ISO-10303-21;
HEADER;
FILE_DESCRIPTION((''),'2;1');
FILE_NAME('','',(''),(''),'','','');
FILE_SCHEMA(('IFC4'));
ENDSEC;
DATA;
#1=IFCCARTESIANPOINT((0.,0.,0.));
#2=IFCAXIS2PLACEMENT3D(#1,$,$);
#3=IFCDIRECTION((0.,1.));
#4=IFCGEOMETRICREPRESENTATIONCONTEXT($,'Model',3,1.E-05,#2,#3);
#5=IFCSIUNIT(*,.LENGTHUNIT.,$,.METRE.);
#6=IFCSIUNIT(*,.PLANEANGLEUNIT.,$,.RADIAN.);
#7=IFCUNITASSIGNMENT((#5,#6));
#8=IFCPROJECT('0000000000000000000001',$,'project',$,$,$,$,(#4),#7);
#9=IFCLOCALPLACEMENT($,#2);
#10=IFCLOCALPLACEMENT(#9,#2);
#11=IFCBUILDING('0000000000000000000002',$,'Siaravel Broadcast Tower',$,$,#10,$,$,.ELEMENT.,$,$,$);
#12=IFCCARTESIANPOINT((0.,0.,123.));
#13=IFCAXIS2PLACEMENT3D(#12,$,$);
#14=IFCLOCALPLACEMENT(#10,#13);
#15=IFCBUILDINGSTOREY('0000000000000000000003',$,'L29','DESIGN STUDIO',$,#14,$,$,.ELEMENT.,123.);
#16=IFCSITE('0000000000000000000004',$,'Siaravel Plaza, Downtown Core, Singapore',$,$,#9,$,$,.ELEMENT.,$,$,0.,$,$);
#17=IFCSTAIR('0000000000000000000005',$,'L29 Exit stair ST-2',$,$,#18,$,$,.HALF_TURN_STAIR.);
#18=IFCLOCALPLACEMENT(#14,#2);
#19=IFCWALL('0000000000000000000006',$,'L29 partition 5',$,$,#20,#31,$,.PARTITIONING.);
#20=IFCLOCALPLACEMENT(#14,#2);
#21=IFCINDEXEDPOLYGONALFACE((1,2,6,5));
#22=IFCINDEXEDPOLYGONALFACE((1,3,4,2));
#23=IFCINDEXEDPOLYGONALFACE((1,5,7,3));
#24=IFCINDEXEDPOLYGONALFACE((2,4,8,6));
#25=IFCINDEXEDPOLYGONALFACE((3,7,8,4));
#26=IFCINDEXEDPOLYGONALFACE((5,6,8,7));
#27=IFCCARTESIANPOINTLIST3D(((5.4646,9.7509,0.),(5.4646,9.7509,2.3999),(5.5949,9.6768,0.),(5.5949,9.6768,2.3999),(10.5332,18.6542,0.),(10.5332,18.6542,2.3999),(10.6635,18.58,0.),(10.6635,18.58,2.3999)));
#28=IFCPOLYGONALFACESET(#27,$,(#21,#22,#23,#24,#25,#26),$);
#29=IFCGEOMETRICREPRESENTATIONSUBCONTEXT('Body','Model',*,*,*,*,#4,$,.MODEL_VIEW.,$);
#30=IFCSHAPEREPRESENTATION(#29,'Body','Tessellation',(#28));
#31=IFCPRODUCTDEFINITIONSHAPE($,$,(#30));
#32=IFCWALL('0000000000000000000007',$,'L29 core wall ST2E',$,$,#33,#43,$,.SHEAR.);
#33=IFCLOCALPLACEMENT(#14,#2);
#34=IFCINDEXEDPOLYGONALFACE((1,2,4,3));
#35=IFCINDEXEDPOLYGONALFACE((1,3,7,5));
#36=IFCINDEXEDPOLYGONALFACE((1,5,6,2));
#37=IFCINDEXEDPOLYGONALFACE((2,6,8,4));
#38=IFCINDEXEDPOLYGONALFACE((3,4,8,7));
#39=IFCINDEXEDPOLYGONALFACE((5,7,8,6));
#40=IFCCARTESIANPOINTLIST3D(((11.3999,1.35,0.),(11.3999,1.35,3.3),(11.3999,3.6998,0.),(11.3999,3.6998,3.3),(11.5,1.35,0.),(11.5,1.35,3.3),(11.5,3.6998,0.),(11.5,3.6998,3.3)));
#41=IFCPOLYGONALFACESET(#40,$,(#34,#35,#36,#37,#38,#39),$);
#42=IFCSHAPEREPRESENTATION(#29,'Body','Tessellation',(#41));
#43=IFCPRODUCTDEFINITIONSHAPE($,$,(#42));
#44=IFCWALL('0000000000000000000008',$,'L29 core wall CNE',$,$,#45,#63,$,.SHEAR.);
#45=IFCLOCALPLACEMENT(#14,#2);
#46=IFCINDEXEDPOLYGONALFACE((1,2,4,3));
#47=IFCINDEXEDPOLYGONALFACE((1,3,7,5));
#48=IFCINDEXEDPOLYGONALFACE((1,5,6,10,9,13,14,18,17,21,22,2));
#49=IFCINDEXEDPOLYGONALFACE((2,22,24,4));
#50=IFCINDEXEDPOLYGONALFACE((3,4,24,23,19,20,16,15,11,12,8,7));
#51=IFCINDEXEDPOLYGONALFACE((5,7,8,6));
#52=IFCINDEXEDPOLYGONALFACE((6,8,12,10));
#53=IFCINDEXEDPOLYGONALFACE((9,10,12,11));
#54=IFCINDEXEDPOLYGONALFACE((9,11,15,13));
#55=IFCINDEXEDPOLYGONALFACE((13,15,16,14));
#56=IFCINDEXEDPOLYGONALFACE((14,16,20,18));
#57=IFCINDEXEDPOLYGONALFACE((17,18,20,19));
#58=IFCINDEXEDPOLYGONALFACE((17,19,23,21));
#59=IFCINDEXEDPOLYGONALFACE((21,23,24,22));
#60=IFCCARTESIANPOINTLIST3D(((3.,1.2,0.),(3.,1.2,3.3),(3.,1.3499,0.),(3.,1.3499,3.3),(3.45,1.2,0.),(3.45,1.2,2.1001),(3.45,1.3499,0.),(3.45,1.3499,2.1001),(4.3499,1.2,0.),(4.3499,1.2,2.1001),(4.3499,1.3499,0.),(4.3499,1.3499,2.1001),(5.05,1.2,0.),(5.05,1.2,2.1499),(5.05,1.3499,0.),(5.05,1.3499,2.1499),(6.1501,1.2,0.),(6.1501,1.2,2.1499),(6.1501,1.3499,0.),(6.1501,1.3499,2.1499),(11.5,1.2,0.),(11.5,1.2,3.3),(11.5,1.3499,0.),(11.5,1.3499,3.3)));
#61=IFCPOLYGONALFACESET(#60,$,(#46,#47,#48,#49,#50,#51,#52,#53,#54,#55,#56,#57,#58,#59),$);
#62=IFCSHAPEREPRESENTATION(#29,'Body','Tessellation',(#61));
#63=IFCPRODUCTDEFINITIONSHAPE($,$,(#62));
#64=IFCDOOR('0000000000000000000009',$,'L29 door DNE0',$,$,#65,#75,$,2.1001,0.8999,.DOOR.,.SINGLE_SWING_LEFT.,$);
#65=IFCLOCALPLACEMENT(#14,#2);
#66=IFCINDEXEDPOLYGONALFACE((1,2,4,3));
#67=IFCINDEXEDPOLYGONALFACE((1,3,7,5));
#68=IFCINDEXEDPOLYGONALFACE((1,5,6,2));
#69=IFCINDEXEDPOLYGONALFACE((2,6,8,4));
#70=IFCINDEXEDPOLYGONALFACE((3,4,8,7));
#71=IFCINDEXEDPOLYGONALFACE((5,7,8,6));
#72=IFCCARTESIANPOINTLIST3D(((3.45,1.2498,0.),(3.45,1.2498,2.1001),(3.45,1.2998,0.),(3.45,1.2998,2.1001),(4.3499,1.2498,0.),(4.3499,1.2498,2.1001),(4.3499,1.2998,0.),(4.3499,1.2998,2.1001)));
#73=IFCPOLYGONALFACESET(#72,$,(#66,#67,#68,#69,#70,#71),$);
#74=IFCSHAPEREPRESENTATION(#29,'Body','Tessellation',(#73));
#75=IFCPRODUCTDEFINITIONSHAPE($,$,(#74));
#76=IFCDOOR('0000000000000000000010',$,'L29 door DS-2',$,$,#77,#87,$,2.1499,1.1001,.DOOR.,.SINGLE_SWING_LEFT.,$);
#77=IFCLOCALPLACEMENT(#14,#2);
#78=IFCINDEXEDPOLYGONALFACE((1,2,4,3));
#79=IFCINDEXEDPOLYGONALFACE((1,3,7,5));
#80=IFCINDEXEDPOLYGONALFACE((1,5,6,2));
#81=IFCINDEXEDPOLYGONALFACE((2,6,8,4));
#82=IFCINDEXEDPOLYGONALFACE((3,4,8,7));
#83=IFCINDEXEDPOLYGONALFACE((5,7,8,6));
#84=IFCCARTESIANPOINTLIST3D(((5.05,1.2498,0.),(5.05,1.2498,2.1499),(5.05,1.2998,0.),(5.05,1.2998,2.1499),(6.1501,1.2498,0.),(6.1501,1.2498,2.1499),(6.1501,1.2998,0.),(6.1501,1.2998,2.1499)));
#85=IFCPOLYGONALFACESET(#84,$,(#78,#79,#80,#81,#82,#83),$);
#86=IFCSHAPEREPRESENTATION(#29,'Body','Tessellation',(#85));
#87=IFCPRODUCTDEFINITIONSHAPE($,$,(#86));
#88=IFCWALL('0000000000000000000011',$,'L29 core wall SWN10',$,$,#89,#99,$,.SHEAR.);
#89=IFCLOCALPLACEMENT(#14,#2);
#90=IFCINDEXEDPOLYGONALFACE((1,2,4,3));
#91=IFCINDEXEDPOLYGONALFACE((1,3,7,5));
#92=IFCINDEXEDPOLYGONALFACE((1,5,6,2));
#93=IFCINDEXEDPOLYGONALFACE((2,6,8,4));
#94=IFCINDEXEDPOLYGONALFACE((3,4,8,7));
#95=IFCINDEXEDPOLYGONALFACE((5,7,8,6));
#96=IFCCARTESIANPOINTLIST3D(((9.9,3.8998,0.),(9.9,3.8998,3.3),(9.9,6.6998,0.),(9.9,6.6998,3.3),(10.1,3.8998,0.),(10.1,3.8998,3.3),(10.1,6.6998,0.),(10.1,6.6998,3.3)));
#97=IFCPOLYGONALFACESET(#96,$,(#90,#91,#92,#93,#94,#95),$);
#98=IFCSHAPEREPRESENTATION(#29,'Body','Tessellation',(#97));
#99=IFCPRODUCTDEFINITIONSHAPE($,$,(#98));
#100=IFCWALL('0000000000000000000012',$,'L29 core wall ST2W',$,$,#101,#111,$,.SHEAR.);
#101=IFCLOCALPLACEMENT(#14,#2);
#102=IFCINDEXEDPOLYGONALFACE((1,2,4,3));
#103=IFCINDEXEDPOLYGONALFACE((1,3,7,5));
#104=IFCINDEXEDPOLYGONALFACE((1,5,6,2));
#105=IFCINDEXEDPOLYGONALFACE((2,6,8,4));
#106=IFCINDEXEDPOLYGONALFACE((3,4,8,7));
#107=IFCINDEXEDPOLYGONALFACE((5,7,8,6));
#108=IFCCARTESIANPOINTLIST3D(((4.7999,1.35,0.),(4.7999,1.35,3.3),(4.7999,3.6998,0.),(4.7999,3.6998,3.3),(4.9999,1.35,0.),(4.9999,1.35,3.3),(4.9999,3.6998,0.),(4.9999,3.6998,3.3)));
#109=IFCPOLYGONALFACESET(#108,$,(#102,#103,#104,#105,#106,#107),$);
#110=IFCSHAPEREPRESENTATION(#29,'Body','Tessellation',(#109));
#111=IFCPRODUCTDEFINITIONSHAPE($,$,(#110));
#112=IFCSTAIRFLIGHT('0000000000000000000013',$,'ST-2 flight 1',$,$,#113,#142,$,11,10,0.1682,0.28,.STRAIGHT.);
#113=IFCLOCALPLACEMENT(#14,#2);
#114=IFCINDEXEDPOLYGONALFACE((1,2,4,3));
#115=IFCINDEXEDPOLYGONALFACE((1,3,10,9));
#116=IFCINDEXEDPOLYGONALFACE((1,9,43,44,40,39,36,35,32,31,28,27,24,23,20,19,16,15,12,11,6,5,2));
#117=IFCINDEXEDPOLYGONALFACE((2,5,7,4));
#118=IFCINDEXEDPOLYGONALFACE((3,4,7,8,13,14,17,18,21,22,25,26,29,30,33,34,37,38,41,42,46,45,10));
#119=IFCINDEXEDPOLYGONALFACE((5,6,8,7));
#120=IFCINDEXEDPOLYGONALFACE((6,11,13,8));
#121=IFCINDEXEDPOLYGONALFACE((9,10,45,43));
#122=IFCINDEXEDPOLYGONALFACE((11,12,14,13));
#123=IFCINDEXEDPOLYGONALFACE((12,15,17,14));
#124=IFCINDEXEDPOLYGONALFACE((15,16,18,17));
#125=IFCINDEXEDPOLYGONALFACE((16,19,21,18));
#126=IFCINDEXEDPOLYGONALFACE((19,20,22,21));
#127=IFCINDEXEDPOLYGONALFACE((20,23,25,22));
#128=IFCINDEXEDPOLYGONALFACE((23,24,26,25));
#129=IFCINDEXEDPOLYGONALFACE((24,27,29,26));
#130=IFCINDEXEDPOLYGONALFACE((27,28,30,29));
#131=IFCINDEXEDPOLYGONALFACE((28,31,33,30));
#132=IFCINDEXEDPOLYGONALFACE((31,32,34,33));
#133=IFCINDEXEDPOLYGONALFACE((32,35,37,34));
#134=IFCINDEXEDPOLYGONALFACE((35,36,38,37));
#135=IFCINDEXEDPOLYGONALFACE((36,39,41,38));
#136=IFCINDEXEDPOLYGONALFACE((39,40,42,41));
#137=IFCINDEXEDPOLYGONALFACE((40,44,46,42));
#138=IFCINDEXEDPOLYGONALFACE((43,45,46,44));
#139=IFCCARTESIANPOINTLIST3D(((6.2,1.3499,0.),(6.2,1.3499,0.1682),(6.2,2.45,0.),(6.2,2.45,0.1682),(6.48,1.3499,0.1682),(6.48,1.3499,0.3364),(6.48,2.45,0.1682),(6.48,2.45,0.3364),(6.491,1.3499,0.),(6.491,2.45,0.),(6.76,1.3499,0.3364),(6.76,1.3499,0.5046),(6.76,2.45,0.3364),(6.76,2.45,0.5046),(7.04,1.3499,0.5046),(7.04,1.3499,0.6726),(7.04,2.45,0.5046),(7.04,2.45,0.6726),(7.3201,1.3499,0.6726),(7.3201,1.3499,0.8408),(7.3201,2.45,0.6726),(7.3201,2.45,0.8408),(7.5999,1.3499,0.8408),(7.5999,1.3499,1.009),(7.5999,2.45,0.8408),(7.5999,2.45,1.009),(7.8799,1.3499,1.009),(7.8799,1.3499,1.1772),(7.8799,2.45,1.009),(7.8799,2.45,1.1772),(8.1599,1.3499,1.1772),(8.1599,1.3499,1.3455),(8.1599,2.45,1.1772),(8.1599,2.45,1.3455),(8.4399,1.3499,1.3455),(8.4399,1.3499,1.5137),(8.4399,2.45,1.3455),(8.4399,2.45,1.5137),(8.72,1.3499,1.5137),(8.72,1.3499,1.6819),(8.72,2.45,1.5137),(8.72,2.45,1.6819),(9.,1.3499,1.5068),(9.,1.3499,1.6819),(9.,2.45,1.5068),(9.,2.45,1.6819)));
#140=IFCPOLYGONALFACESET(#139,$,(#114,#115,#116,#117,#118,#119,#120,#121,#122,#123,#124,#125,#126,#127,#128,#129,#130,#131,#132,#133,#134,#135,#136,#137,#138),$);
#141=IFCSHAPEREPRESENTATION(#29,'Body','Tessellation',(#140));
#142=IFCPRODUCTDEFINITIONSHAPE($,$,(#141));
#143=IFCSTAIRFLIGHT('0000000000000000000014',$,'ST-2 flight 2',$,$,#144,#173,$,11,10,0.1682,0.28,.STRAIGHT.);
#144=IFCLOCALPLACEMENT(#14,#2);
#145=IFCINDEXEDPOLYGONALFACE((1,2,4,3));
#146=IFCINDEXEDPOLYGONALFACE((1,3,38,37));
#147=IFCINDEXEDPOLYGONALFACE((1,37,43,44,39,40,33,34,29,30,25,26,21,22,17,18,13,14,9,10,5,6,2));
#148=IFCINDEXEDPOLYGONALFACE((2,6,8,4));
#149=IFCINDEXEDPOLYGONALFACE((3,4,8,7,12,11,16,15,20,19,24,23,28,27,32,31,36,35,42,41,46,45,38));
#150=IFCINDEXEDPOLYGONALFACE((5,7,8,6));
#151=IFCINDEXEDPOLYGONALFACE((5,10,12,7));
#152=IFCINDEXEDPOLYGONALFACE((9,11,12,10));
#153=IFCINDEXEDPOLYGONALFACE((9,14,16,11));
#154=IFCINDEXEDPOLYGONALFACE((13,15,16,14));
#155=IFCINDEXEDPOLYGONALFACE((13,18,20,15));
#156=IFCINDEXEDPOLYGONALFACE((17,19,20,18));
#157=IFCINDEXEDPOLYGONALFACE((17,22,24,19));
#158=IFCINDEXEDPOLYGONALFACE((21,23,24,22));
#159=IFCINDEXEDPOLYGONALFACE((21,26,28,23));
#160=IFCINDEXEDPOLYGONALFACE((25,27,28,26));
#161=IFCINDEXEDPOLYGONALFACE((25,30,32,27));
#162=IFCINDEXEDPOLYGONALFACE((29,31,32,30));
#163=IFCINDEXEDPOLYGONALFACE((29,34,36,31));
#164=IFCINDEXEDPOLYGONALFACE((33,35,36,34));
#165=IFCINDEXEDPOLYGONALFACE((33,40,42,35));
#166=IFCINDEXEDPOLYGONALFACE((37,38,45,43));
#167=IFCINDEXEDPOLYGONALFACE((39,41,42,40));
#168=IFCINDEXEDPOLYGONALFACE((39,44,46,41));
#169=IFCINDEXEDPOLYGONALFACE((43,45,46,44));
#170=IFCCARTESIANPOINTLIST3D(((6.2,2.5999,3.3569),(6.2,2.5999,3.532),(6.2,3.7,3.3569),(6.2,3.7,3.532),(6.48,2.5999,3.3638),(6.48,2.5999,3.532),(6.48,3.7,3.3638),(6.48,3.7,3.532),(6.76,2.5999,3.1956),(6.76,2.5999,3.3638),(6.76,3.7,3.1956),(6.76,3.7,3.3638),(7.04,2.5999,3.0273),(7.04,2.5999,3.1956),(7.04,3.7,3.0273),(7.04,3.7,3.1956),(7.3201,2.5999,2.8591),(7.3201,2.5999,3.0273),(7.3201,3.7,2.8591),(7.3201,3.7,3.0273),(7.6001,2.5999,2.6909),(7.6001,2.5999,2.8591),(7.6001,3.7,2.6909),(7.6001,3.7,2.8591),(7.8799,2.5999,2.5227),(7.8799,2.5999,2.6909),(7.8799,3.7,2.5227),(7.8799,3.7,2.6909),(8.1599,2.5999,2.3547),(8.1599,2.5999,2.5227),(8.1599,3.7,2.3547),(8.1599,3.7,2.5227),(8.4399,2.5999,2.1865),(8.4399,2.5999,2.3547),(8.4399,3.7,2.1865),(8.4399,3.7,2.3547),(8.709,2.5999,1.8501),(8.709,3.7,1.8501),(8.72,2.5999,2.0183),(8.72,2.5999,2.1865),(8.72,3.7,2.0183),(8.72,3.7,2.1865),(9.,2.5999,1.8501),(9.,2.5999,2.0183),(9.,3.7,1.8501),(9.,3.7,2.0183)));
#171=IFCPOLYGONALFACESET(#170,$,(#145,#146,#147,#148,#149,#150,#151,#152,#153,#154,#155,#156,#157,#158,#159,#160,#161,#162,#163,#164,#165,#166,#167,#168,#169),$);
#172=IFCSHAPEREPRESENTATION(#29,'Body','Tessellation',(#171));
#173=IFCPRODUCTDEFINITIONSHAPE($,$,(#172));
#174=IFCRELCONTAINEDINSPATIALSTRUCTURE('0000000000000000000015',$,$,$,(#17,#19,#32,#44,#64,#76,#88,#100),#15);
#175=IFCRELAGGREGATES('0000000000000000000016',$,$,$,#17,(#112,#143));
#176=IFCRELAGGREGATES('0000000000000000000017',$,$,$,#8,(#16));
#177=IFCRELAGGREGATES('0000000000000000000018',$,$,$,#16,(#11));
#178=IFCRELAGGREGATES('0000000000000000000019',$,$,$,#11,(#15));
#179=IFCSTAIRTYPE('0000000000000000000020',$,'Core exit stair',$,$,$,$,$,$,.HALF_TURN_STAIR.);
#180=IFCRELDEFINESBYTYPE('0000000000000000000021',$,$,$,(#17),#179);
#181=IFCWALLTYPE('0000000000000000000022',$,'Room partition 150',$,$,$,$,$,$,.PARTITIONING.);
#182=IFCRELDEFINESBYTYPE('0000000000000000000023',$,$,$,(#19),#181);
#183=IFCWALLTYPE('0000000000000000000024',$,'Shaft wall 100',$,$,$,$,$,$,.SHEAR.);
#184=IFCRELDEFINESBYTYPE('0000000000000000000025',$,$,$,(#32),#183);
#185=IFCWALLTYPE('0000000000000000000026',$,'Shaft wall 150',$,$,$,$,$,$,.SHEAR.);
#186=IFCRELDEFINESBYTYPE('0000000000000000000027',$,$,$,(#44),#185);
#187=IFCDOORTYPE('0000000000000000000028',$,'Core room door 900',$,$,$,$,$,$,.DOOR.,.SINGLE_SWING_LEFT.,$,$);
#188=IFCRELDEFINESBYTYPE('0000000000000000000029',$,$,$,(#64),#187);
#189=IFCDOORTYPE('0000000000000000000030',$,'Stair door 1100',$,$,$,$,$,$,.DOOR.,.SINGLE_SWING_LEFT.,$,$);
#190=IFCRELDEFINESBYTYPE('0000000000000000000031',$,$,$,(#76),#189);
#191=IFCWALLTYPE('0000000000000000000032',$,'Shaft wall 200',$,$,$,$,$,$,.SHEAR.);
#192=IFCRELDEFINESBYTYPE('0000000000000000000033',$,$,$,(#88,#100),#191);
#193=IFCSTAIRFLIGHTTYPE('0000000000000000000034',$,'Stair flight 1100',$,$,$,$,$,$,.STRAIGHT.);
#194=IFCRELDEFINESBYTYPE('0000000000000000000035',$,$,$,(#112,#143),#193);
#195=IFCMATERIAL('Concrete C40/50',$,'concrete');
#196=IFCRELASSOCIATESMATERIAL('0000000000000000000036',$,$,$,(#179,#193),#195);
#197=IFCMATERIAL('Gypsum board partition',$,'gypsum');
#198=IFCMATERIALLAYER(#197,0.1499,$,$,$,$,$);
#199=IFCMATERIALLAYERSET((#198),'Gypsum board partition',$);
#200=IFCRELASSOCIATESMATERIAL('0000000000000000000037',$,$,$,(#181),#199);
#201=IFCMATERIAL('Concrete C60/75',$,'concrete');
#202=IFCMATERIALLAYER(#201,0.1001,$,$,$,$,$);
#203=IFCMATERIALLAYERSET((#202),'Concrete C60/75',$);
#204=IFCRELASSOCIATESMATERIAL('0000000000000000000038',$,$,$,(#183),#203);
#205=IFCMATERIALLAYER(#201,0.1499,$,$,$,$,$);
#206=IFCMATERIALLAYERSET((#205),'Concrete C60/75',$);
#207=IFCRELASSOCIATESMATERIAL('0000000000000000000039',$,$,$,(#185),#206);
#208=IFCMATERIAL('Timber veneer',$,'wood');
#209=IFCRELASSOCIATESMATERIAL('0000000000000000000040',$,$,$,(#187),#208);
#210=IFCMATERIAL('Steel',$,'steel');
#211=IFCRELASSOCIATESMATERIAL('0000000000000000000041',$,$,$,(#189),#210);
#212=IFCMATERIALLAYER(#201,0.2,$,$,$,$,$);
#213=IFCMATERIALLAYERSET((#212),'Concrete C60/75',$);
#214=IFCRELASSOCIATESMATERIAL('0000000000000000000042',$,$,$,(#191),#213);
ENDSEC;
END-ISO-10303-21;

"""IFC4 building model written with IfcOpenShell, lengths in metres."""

from ifc_helpers import new_model, si_unit, direction, frame, frame_2d, origin, place, context, subcontext, project, spatial, polyline, rectangle, outline, extrude, material, layer, layer_set, type_object, element, fill, aggregate, save


model = new_model("IFC4")

# Units and contexts
model_context = context("Model", 3, precision=1e-05, world=origin(), true_north=direction((0.0, 1.0)))
body_context = subcontext(model_context, "Body", "Model", "MODEL_VIEW")
ifc_project = project(units=[si_unit("LENGTHUNIT", "METRE"), si_unit("PLANEANGLEUNIT", "RADIAN")], contexts=[model_context])

# Site, building, storey
site_placement = place(None, origin())
site = spatial("IfcSite", under=ifc_project, at=site_placement, Name="Siaravel Plaza, Downtown Core, Singapore", CompositionType="ELEMENT", RefElevation=0.0)
building_placement = place(site_placement, origin())
building = spatial("IfcBuilding", under=site, at=building_placement, Name="Siaravel Broadcast Tower", CompositionType="ELEMENT")
storey_placement = place(building_placement, frame((0.0, 0.0, 123.0)))
storey = spatial("IfcBuildingStorey", under=building, at=storey_placement, Name="L29", Description="DESIGN STUDIO", CompositionType="ELEMENT", Elevation=123.0)

# Shared definitions
ifc_material_1 = material(Name="Concrete C60/75", Category="concrete")

# Shared definitions
ifc_material_2 = material(Name="Concrete C40/50", Category="concrete")

# Stair
stair_type = type_object("IfcStairType", Name="Core exit stair", PredefinedType="HALF_TURN_STAIR", material=ifc_material_2)
stair_1_placement = place(storey_placement, origin())
stair_1 = element("IfcStair", 1, at=stair_1_placement, inside=storey, type_object=stair_type, Name="L29 Exit stair ST-2", PredefinedType="HALF_TURN_STAIR")

# Shared definitions
ifc_material_3 = material(Name="Gypsum board partition", Category="gypsum")
ifc_material_4 = material(Name="Timber veneer", Category="wood")

# Walls
ifc_layer_1 = layer(ifc_material_3, 0.1499)
ifc_layer_set_1 = layer_set([ifc_layer_1], Name="Gypsum board partition")
wall_type_1 = type_object("IfcWallType", Name="Room partition 150", PredefinedType="PARTITIONING", material=ifc_layer_set_1)
wall_1_placement = place(storey_placement, frame((10.5984, 18.6172, 0.0), z_axis=(0.0, 0.0, 1.0), x_axis=(-0.49474, -0.869041, 0.0)))
element("IfcWall", 2, at=wall_1_placement, inside=storey, type_object=wall_type_1, Name="L29 partition 5", PredefinedType="PARTITIONING", context=body_context, shape_type="SweptSolid", body=[
    extrude(rectangle(XDim=10.2449, YDim=0.1499, at=frame_2d((5.1226, 0.0))), origin(), (0.0, 0.0, 1.0), 2.3999),
])
ifc_layer_2 = layer(ifc_material_1, 0.1001)
ifc_layer_set_2 = layer_set([ifc_layer_2], Name="Concrete C60/75")
wall_type_2 = type_object("IfcWallType", Name="Shaft wall 100", PredefinedType="SHEAR", material=ifc_layer_set_2)
wall_2_placement = place(storey_placement, frame((11.45, 1.3501, 0.0), z_axis=(0.0, 0.0, 1.0), x_axis=(0.0, 1.0, 0.0)))
element("IfcWall", 3, at=wall_2_placement, inside=storey, type_object=wall_type_2, Name="L29 core wall ST2E", PredefinedType="SHEAR", context=body_context, shape_type="SweptSolid", body=[
    extrude(rectangle(XDim=2.3499, YDim=0.1001, at=frame_2d((1.1748, 0.0))), origin(), (0.0, 0.0, 1.0), 3.3),
])

# Wall, openings, doors
ifc_layer_3 = layer(ifc_material_1, 0.1499)
ifc_layer_set_3 = layer_set([ifc_layer_3], Name="Concrete C60/75")
wall_type_3 = type_object("IfcWallType", Name="Shaft wall 150", PredefinedType="SHEAR", material=ifc_layer_set_3)
wall_3_placement = place(storey_placement, frame((3.0, 1.2749, 0.0), z_axis=(0.0, 0.0, 1.0), x_axis=(1.0, 0.0, 0.0)))
wall_3 = element("IfcWall", 4, at=wall_3_placement, inside=storey, type_object=wall_type_3, Name="L29 core wall CNE", PredefinedType="SHEAR", context=body_context, shape_type="SweptSolid", body=[
    extrude(rectangle(XDim=8.5, YDim=0.1499, at=frame_2d((4.25, 0.0))), origin(), (0.0, 0.0, 1.0), 3.3),
])
opening_1_placement = place(wall_3_placement, frame((2.05, 0.0, 0.0)))
opening_1 = element("IfcOpeningElement", 5, at=opening_1_placement, cuts=wall_3, PredefinedType="OPENING", context=body_context, shape_type="SweptSolid", body=[
    extrude(rectangle(XDim=1.1001, YDim=2.1499, at=frame_2d((0.55, 1.075))), frame((0.0, 0.085, 0.0), z_axis=(0.0, -1.0, 0.0), x_axis=(1.0, 0.0, 0.0)), (0.0, 0.0, 1.0), 0.1699),
])
opening_2_placement = place(wall_3_placement, frame((0.45, 0.0, 0.0)))
opening_2 = element("IfcOpeningElement", 6, at=opening_2_placement, cuts=wall_3, PredefinedType="OPENING", context=body_context, shape_type="SweptSolid", body=[
    extrude(rectangle(XDim=0.8999, YDim=2.1001, at=frame_2d((0.45, 1.05))), frame((0.0, 0.085, 0.0), z_axis=(0.0, -1.0, 0.0), x_axis=(1.0, 0.0, 0.0)), (0.0, 0.0, 1.0), 0.1699),
])
door_type_1 = type_object("IfcDoorType", Name="Core room door 900", OperationType="SINGLE_SWING_LEFT", PredefinedType="DOOR", material=ifc_material_4)
door_1_placement = place(opening_2_placement, origin())
door_1 = element("IfcDoor", 7, at=door_1_placement, inside=storey, type_object=door_type_1, Name="L29 door DNE0", OperationType="SINGLE_SWING_LEFT", OverallHeight=2.1001, OverallWidth=0.8999, PredefinedType="DOOR", context=body_context, shape_type="SweptSolid", body=[
    extrude(rectangle(XDim=0.8999, YDim=2.1001, at=frame_2d((0.45, 1.05))), frame((0.0, 0.0249, 0.0), z_axis=(0.0, -1.0, 0.0), x_axis=(1.0, 0.0, 0.0)), (0.0, 0.0, 1.0), 0.05),
])
fill(opening_2, door_1)
ifc_material_5 = material(Name="Steel", Category="steel")
door_type_2 = type_object("IfcDoorType", Name="Stair door 1100", OperationType="SINGLE_SWING_LEFT", PredefinedType="DOOR", material=ifc_material_5)
door_2_placement = place(opening_1_placement, origin())
door_2 = element("IfcDoor", 8, at=door_2_placement, inside=storey, type_object=door_type_2, Name="L29 door DS-2", OperationType="SINGLE_SWING_LEFT", OverallHeight=2.1499, OverallWidth=1.1001, PredefinedType="DOOR", context=body_context, shape_type="SweptSolid", body=[
    extrude(rectangle(XDim=1.1001, YDim=2.1499, at=frame_2d((0.55, 1.075))), frame((0.0, 0.0249, 0.0), z_axis=(0.0, -1.0, 0.0), x_axis=(1.0, 0.0, 0.0)), (0.0, 0.0, 1.0), 0.05),
])
fill(opening_1, door_2)

# Walls
ifc_layer_4 = layer(ifc_material_1, 0.2)
ifc_layer_set_4 = layer_set([ifc_layer_4], Name="Concrete C60/75")
wall_type_4 = type_object("IfcWallType", Name="Shaft wall 200", PredefinedType="SHEAR", material=ifc_layer_set_4)
wall_4_placement = place(storey_placement, frame((10.0, 3.8999, 0.0), z_axis=(0.0, 0.0, 1.0), x_axis=(0.0, 1.0, 0.0)))
element("IfcWall", 9, at=wall_4_placement, inside=storey, type_object=wall_type_4, Name="L29 core wall SWN10", PredefinedType="SHEAR", context=body_context, shape_type="SweptSolid", body=[
    extrude(rectangle(XDim=2.8, YDim=0.2, at=frame_2d((1.3999, 0.0))), origin(), (0.0, 0.0, 1.0), 3.3),
])
wall_5_placement = place(storey_placement, frame((4.8999, 1.3501, 0.0), z_axis=(0.0, 0.0, 1.0), x_axis=(0.0, 1.0, 0.0)))
element("IfcWall", 10, at=wall_5_placement, inside=storey, type_object=wall_type_4, Name="L29 core wall ST2W", PredefinedType="SHEAR", context=body_context, shape_type="SweptSolid", body=[
    extrude(rectangle(XDim=2.3499, YDim=0.2, at=frame_2d((1.1748, 0.0))), origin(), (0.0, 0.0, 1.0), 3.3),
])

# Stair flights
stair_flight_type = type_object("IfcStairFlightType", Name="Stair flight 1100", PredefinedType="STRAIGHT", material=ifc_material_2)
stair_flight_1_placement = place(storey_placement, frame((6.2, 1.8999, 0.0), z_axis=(0.0, 0.0, 1.0), x_axis=(1.0, 0.0, 0.0)))
stair_flight_1 = element("IfcStairFlight", 11, at=stair_flight_1_placement, type_object=stair_flight_type, Name="ST-2 flight 1", NumberOfRisers=11, NumberOfTreads=10, PredefinedType="STRAIGHT", RiserHeight=0.1682, TreadLength=0.28, context=body_context, shape_type="SweptSolid", body=[
    extrude(outline(polyline([(0.0, 0.0), (0.0, 0.1682), (0.28, 0.1682), (0.28, 0.3364), (0.5601, 0.3364), (0.5601, 0.5046), (0.8401, 0.5046), (0.8401, 0.6726), (1.1201, 0.6726), (1.1201, 0.8408), (1.3999, 0.8408), (1.3999, 1.009), (1.6799, 1.009), (1.6799, 1.1772), (1.96, 1.1772), (1.96, 1.3455), (2.24, 1.3455), (2.24, 1.5137), (2.52, 1.5137), (2.52, 1.6819), (2.8, 1.6819), (2.8, 1.8501), (2.8, 1.5068), (0.291, 0.0), (0.0, 0.0)])), frame((0.0, 0.55, 0.0), z_axis=(0.0, -1.0, 0.0), x_axis=(1.0, 0.0, 0.0)), (0.0, 0.0, 1.0), 1.1001),
])
stair_flight_2_placement = place(storey_placement, frame((9.0, 3.1499, 1.8501), z_axis=(0.0, 0.0, 1.0), x_axis=(-1.0, 0.0, 0.0)))
stair_flight_2 = element("IfcStairFlight", 12, at=stair_flight_2_placement, type_object=stair_flight_type, Name="ST-2 flight 2", NumberOfRisers=11, NumberOfTreads=10, PredefinedType="STRAIGHT", RiserHeight=0.1682, TreadLength=0.28, context=body_context, shape_type="SweptSolid", body=[
    extrude(outline(polyline([(0.0, 0.0), (0.0, 0.1682), (0.28, 0.1682), (0.28, 0.3364), (0.5601, 0.3364), (0.5601, 0.5046), (0.8401, 0.5046), (0.8401, 0.6726), (1.1201, 0.6726), (1.1201, 0.8408), (1.3999, 0.8408), (1.3999, 1.009), (1.6799, 1.009), (1.6799, 1.1772), (1.96, 1.1772), (1.96, 1.3455), (2.24, 1.3455), (2.24, 1.5137), (2.52, 1.5137), (2.52, 1.6819), (2.8, 1.6819), (2.8, 1.8501), (2.8, 1.5068), (0.291, 0.0), (0.0, 0.0)])), frame((0.0, 0.55, 0.0), z_axis=(0.0, -1.0, 0.0), x_axis=(1.0, 0.0, 0.0)), (0.0, 0.0, 1.0), 1.1001),
])
aggregate(stair_1, [stair_flight_1, stair_flight_2])

save(model, "model.ifc")
